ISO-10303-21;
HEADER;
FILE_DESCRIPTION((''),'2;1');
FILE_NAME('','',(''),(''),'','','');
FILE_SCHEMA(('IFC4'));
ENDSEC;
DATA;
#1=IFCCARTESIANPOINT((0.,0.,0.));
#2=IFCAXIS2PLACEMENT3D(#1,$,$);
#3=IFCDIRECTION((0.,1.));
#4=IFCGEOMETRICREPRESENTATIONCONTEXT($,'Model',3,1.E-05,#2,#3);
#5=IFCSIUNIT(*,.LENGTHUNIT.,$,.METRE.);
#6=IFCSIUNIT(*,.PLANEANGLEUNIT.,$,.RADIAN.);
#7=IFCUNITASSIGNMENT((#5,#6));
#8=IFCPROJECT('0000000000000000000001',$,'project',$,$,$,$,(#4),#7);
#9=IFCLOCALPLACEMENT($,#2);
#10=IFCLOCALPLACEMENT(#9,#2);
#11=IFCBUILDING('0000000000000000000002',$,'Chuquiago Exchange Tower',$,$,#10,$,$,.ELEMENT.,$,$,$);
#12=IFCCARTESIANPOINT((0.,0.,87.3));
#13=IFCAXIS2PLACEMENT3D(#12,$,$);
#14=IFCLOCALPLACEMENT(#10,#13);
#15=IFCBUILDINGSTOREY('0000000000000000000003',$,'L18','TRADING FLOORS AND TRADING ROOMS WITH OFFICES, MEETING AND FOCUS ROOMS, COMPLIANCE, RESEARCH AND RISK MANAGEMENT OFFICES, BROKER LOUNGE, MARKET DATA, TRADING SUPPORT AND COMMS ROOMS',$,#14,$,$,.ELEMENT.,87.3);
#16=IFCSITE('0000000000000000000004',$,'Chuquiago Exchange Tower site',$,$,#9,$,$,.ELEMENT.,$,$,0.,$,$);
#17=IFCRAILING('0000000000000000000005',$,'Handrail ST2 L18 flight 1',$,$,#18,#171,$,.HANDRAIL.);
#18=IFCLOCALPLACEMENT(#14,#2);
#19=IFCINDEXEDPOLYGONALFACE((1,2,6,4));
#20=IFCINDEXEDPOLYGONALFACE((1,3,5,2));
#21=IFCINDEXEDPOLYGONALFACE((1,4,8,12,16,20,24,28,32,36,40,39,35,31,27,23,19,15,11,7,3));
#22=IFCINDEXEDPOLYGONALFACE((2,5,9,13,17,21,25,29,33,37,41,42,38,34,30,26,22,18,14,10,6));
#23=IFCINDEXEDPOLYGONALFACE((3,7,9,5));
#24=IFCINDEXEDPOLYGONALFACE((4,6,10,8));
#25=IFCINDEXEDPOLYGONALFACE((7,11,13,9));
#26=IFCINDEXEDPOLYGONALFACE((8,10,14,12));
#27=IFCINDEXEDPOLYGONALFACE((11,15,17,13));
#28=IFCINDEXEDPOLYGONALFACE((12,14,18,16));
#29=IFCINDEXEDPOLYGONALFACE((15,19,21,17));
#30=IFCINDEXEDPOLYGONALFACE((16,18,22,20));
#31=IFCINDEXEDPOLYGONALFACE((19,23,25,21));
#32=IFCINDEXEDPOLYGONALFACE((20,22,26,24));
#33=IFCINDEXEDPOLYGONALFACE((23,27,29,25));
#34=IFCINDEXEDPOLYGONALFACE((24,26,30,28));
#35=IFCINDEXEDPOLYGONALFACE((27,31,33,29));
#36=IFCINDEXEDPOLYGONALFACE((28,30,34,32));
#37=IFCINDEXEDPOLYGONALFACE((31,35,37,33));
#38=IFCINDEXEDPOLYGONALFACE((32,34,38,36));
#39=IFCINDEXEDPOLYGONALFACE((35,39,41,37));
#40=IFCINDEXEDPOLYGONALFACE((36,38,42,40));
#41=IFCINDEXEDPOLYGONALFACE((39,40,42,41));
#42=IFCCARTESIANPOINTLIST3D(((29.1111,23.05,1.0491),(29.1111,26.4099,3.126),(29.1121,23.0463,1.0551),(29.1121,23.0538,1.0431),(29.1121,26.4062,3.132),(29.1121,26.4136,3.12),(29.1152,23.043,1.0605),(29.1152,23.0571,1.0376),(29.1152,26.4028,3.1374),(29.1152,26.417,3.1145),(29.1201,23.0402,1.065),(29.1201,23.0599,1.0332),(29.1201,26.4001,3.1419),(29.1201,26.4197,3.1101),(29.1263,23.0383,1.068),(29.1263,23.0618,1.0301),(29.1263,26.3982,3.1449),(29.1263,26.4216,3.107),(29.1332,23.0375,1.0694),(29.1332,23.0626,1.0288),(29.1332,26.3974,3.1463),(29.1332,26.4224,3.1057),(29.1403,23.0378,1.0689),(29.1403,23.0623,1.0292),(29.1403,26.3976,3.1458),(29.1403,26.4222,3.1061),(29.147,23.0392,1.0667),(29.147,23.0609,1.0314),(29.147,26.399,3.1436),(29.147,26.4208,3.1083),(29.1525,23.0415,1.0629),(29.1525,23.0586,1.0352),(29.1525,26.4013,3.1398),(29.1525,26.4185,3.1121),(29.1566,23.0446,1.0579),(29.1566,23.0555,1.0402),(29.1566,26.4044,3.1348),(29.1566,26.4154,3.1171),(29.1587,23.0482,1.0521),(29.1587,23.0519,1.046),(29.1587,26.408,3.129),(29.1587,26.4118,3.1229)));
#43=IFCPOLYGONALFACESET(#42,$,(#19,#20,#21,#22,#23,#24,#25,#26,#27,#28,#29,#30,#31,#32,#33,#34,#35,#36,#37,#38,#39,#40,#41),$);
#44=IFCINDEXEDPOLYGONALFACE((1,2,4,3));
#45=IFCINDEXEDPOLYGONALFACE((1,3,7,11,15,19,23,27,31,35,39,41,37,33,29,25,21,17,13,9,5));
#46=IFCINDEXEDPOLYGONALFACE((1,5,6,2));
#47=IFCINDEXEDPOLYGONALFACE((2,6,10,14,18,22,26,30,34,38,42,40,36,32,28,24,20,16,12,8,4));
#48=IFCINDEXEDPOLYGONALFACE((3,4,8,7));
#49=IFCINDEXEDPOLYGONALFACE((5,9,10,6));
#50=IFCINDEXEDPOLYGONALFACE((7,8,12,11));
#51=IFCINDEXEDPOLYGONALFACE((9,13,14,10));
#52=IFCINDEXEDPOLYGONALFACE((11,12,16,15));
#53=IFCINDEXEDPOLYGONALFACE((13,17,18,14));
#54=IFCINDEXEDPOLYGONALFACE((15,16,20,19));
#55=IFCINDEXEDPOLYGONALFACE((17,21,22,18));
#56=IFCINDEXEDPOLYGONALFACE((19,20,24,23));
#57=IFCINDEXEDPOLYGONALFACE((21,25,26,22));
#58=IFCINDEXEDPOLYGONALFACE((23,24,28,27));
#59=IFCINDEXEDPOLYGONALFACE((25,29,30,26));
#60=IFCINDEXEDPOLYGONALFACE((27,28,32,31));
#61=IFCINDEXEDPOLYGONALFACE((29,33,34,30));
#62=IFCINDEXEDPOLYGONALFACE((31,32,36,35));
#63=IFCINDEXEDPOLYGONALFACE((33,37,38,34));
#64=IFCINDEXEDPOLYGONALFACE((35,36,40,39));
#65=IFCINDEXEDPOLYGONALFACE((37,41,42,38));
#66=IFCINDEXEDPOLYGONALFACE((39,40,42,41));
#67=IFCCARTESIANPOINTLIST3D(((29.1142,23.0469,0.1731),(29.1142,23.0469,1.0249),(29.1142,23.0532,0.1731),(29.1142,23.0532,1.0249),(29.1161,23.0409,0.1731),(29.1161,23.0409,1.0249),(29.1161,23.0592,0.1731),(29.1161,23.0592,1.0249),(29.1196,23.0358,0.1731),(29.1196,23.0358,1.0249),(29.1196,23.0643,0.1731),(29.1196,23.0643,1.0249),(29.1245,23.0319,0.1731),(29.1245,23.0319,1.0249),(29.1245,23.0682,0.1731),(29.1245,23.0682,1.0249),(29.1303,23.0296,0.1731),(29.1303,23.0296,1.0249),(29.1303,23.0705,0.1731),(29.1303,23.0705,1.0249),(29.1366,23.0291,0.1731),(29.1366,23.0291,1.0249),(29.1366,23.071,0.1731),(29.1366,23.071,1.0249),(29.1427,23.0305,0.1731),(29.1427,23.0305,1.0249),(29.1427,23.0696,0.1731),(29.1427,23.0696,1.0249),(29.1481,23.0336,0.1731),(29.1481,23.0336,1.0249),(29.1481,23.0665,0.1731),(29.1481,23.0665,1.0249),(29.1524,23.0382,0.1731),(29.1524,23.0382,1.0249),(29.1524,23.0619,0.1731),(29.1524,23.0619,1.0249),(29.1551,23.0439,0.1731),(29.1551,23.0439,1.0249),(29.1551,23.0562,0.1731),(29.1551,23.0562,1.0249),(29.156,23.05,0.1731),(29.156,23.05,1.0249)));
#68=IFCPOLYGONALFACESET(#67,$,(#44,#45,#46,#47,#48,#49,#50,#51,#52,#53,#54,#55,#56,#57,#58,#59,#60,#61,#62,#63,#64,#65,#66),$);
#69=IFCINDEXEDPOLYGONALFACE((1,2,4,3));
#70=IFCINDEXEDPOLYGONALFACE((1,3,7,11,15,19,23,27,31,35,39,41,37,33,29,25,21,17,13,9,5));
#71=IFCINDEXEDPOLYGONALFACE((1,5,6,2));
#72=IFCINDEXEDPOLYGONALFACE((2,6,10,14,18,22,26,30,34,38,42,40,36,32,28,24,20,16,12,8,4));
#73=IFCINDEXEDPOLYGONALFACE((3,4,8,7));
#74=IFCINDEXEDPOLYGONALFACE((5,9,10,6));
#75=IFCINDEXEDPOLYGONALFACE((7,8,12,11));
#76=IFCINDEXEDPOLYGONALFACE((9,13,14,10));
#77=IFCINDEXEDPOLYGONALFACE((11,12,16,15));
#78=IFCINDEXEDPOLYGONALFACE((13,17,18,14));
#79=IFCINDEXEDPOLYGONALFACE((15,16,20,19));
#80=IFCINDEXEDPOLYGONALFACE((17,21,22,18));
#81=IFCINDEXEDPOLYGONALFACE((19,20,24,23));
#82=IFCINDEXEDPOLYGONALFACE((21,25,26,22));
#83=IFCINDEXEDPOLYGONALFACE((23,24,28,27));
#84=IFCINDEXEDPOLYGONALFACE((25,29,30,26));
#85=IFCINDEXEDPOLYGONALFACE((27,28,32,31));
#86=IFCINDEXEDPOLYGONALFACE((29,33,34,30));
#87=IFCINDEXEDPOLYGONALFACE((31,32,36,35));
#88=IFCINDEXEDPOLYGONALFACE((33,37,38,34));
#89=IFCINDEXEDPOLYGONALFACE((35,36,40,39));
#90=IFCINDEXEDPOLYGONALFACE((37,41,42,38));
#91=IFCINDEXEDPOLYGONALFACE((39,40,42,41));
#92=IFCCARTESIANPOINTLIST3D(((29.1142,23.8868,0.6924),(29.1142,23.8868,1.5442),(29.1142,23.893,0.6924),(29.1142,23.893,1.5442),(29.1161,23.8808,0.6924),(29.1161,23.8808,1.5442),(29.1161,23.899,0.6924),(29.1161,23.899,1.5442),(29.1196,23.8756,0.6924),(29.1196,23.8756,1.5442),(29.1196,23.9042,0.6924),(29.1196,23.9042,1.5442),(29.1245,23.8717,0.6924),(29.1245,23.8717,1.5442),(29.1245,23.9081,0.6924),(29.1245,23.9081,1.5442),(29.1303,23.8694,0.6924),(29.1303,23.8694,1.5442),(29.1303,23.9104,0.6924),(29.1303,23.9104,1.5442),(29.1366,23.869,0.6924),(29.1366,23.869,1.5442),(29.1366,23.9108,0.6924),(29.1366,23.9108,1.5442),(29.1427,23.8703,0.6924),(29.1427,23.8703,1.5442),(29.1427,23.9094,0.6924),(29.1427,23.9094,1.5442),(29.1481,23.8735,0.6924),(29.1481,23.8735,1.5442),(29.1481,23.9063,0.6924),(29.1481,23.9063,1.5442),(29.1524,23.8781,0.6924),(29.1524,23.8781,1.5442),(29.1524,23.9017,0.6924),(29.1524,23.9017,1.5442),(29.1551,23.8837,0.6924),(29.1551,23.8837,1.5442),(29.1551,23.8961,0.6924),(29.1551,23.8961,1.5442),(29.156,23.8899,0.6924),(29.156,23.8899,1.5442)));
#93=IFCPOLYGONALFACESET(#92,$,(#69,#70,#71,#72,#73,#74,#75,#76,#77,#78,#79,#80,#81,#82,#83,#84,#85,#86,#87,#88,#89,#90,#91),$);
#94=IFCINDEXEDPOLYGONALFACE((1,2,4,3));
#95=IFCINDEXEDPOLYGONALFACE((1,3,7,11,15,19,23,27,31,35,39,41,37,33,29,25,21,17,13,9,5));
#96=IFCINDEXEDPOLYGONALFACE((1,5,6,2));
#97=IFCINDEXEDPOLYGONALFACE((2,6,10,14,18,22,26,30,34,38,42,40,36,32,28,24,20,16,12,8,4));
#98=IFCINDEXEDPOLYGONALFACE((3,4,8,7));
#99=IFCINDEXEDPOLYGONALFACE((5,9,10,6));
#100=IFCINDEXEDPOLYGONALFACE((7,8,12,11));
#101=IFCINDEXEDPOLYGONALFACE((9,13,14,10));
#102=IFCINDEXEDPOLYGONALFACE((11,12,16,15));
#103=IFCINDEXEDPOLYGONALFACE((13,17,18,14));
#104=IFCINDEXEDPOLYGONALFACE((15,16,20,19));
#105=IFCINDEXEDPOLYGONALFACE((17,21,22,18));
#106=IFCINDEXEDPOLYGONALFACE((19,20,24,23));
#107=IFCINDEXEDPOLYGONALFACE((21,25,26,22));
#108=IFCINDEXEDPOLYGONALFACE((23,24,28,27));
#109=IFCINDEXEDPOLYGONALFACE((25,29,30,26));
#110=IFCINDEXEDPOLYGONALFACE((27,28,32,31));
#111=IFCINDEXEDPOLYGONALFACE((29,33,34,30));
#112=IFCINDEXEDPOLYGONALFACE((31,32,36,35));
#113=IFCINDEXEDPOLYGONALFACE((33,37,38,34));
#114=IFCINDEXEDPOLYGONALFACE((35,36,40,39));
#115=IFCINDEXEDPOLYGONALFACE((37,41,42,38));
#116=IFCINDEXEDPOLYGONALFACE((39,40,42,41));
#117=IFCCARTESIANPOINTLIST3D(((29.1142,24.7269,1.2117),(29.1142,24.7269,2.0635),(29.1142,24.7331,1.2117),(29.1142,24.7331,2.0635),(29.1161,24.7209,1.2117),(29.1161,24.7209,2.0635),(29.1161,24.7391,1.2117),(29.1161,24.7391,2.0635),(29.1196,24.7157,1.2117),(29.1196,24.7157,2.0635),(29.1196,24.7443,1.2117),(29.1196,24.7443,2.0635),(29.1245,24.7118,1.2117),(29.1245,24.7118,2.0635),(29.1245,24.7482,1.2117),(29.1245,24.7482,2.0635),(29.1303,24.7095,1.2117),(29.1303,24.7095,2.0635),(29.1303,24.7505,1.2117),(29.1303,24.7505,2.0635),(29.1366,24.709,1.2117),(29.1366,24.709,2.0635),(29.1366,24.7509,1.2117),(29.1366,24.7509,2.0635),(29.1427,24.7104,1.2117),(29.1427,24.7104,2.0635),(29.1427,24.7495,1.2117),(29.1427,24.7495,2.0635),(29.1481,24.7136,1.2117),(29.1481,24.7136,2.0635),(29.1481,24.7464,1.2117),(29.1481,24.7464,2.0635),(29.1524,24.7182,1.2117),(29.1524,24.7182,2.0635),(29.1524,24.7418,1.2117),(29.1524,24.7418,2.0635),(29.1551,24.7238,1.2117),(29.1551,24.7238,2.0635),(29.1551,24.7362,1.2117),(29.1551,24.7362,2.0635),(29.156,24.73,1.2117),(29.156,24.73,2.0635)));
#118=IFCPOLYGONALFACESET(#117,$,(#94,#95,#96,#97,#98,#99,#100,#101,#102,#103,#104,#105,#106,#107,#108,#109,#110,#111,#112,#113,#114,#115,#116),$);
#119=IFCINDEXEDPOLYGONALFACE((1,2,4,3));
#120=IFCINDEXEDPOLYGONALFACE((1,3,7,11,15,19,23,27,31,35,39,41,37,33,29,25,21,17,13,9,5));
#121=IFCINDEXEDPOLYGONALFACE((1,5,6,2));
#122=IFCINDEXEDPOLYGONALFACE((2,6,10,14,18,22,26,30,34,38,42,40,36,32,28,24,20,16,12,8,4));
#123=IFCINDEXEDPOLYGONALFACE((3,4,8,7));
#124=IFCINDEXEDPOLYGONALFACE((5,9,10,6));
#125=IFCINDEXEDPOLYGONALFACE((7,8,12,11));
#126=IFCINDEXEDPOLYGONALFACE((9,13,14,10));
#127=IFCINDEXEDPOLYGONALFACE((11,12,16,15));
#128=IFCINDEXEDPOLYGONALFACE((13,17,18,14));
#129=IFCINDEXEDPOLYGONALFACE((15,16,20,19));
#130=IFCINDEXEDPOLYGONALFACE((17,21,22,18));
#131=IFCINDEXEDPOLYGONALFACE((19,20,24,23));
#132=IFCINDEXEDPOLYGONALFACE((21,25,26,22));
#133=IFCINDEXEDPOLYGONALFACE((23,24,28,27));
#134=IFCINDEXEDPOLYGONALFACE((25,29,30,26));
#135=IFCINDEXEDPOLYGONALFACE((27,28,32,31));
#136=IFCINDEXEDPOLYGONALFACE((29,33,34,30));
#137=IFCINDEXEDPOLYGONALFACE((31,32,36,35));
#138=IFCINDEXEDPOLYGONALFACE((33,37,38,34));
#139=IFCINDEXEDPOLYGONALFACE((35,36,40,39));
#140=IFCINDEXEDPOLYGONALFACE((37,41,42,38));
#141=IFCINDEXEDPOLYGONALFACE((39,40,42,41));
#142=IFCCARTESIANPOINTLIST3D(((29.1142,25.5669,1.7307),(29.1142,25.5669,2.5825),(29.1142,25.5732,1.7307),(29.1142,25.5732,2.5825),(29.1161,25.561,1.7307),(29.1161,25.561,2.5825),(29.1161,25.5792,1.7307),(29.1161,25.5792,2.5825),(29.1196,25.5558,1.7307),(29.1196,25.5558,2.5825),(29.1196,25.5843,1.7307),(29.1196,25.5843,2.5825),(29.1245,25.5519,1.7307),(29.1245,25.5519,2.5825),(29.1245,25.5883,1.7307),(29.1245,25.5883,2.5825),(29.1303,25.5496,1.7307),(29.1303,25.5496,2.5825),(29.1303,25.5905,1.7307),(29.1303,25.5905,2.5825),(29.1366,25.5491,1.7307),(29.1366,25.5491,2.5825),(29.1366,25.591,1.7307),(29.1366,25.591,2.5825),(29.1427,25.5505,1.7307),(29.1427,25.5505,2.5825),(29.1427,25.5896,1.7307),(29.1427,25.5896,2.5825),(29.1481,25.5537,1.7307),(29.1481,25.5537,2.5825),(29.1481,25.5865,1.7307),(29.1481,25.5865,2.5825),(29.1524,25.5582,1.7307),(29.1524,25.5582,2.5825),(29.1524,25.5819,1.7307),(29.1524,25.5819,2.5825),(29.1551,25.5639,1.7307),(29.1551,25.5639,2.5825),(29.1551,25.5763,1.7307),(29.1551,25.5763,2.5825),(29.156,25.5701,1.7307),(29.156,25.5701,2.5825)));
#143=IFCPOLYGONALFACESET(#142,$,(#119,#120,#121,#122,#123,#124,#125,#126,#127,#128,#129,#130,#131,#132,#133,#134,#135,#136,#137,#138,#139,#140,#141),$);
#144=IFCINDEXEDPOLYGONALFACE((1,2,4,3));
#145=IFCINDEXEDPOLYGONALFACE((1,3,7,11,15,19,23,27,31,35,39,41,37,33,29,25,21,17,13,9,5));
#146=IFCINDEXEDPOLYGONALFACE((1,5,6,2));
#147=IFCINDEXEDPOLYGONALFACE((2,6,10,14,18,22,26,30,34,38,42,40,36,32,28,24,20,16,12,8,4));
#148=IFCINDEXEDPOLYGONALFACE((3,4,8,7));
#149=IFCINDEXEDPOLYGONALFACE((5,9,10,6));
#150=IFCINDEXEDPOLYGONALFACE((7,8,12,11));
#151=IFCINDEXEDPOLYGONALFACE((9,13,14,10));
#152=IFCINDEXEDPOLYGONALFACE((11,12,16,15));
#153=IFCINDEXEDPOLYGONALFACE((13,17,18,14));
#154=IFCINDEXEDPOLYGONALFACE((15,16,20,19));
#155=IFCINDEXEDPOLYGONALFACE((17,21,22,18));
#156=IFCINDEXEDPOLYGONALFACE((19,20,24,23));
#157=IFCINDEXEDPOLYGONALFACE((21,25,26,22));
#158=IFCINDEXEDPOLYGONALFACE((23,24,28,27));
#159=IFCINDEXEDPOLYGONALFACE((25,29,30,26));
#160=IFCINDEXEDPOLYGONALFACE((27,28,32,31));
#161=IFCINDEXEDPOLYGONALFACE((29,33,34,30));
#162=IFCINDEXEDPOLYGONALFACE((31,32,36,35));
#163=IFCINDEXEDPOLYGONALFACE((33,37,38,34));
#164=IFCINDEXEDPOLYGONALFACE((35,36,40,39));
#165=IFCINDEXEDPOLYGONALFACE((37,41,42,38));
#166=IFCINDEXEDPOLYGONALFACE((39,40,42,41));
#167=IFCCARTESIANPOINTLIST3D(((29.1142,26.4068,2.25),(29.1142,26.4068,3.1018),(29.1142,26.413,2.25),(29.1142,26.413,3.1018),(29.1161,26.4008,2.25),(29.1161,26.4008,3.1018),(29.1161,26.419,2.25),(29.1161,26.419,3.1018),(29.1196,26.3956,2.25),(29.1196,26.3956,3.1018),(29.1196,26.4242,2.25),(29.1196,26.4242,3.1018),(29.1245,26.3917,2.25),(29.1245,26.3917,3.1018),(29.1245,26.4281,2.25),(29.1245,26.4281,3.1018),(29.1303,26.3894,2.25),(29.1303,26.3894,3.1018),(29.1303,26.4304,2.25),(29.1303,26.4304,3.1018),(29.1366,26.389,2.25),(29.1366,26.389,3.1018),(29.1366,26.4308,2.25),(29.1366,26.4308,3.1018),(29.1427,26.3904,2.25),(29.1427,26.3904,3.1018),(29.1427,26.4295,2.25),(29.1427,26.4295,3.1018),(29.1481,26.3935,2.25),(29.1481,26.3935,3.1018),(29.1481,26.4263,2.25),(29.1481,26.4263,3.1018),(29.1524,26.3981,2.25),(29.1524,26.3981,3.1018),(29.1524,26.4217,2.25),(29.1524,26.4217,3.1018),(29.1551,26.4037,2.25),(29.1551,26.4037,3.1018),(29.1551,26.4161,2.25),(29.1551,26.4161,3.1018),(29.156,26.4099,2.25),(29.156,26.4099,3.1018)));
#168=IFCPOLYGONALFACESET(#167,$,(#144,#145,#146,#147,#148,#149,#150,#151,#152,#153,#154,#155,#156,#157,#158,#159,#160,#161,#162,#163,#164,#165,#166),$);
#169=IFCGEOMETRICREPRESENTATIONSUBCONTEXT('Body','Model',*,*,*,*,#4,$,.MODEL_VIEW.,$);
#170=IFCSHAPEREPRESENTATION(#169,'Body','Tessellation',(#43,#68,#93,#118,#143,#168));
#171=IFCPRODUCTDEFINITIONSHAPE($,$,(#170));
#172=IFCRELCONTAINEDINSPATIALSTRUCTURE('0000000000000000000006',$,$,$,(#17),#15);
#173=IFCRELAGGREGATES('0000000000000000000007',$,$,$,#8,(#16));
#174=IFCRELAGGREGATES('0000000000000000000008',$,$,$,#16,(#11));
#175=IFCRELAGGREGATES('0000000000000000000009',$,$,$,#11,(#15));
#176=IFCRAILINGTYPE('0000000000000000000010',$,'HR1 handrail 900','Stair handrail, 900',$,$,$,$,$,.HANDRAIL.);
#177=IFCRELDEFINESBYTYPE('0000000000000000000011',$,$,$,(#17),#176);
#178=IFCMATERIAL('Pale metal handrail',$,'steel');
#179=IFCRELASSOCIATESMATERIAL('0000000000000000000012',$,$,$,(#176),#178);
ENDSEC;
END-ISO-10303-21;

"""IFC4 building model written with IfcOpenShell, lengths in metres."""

from ifc_helpers import new_model, si_unit, direction, frame, origin, origin_2d, place, context, subcontext, project, spatial, circle, extrude, material, type_object, element, save


model = new_model("IFC4")

# Units and contexts
model_context = context("Model", 3, precision=1e-05, world=origin(), true_north=direction((0.0, 1.0)))
body_context = subcontext(model_context, "Body", "Model", "MODEL_VIEW")
ifc_project = project(units=[si_unit("LENGTHUNIT", "METRE"), si_unit("PLANEANGLEUNIT", "RADIAN")], contexts=[model_context])

# Site, building, storey
site_placement = place(None, origin())
site = spatial("IfcSite", under=ifc_project, at=site_placement, Name="Chuquiago Exchange Tower site", CompositionType="ELEMENT", RefElevation=0.0)
building_placement = place(site_placement, origin())
building = spatial("IfcBuilding", under=site, at=building_placement, Name="Chuquiago Exchange Tower", CompositionType="ELEMENT")
storey_placement = place(building_placement, frame((0.0, 0.0, 87.3)))
storey = spatial("IfcBuildingStorey", under=building, at=storey_placement, Name="L18", Description="TRADING FLOORS AND TRADING ROOMS WITH OFFICES, MEETING AND FOCUS ROOMS, COMPLIANCE, RESEARCH AND RISK MANAGEMENT OFFICES, BROKER LOUNGE, MARKET DATA, TRADING SUPPORT AND COMMS ROOMS", CompositionType="ELEMENT", Elevation=87.3)

# Railing
ifc_material_1 = material(Name="Pale metal handrail", Category="steel")
railing_type_1 = type_object("IfcRailingType", Name="HR1 handrail 900", Description="Stair handrail, 900", PredefinedType="HANDRAIL", material=ifc_material_1)
for number, where, name in (
    (1, (29.135, 23.05, 0.1731), "Handrail ST2 L18 flight 1"),
):
    element("IfcRailing", number, at=place(storey_placement, frame(where)), inside=storey, type_object=railing_type_1, Name=name, PredefinedType="HANDRAIL", context=body_context, shape_type="SweptSolid", body=[
        extrude(circle(Radius=0.0239, at=origin_2d()), frame((0.0, 0.0, 0.876), z_axis=(0.0, 0.850606, 0.525803), x_axis=(-1.0, 0.0, 0.0)), (0.0, 0.0, 1.0), 3.95),
        extrude(circle(Radius=0.021, at=origin_2d()), origin(), (0.0, 0.0, 1.0), 0.8518),
        extrude(circle(Radius=0.021, at=origin_2d()), frame((0.0, 0.8398, 0.5193)), (0.0, 0.0, 1.0), 0.8518),
        extrude(circle(Radius=0.021, at=origin_2d()), frame((0.0, 1.6799, 1.0386)), (0.0, 0.0, 1.0), 0.8518),
        extrude(circle(Radius=0.021, at=origin_2d()), frame((0.0, 2.52, 1.5576)), (0.0, 0.0, 1.0), 0.8518),
        extrude(circle(Radius=0.021, at=origin_2d()), frame((0.0, 3.3599, 2.0769)), (0.0, 0.0, 1.0), 0.8518),
    ])

save(model, "model.ifc")
